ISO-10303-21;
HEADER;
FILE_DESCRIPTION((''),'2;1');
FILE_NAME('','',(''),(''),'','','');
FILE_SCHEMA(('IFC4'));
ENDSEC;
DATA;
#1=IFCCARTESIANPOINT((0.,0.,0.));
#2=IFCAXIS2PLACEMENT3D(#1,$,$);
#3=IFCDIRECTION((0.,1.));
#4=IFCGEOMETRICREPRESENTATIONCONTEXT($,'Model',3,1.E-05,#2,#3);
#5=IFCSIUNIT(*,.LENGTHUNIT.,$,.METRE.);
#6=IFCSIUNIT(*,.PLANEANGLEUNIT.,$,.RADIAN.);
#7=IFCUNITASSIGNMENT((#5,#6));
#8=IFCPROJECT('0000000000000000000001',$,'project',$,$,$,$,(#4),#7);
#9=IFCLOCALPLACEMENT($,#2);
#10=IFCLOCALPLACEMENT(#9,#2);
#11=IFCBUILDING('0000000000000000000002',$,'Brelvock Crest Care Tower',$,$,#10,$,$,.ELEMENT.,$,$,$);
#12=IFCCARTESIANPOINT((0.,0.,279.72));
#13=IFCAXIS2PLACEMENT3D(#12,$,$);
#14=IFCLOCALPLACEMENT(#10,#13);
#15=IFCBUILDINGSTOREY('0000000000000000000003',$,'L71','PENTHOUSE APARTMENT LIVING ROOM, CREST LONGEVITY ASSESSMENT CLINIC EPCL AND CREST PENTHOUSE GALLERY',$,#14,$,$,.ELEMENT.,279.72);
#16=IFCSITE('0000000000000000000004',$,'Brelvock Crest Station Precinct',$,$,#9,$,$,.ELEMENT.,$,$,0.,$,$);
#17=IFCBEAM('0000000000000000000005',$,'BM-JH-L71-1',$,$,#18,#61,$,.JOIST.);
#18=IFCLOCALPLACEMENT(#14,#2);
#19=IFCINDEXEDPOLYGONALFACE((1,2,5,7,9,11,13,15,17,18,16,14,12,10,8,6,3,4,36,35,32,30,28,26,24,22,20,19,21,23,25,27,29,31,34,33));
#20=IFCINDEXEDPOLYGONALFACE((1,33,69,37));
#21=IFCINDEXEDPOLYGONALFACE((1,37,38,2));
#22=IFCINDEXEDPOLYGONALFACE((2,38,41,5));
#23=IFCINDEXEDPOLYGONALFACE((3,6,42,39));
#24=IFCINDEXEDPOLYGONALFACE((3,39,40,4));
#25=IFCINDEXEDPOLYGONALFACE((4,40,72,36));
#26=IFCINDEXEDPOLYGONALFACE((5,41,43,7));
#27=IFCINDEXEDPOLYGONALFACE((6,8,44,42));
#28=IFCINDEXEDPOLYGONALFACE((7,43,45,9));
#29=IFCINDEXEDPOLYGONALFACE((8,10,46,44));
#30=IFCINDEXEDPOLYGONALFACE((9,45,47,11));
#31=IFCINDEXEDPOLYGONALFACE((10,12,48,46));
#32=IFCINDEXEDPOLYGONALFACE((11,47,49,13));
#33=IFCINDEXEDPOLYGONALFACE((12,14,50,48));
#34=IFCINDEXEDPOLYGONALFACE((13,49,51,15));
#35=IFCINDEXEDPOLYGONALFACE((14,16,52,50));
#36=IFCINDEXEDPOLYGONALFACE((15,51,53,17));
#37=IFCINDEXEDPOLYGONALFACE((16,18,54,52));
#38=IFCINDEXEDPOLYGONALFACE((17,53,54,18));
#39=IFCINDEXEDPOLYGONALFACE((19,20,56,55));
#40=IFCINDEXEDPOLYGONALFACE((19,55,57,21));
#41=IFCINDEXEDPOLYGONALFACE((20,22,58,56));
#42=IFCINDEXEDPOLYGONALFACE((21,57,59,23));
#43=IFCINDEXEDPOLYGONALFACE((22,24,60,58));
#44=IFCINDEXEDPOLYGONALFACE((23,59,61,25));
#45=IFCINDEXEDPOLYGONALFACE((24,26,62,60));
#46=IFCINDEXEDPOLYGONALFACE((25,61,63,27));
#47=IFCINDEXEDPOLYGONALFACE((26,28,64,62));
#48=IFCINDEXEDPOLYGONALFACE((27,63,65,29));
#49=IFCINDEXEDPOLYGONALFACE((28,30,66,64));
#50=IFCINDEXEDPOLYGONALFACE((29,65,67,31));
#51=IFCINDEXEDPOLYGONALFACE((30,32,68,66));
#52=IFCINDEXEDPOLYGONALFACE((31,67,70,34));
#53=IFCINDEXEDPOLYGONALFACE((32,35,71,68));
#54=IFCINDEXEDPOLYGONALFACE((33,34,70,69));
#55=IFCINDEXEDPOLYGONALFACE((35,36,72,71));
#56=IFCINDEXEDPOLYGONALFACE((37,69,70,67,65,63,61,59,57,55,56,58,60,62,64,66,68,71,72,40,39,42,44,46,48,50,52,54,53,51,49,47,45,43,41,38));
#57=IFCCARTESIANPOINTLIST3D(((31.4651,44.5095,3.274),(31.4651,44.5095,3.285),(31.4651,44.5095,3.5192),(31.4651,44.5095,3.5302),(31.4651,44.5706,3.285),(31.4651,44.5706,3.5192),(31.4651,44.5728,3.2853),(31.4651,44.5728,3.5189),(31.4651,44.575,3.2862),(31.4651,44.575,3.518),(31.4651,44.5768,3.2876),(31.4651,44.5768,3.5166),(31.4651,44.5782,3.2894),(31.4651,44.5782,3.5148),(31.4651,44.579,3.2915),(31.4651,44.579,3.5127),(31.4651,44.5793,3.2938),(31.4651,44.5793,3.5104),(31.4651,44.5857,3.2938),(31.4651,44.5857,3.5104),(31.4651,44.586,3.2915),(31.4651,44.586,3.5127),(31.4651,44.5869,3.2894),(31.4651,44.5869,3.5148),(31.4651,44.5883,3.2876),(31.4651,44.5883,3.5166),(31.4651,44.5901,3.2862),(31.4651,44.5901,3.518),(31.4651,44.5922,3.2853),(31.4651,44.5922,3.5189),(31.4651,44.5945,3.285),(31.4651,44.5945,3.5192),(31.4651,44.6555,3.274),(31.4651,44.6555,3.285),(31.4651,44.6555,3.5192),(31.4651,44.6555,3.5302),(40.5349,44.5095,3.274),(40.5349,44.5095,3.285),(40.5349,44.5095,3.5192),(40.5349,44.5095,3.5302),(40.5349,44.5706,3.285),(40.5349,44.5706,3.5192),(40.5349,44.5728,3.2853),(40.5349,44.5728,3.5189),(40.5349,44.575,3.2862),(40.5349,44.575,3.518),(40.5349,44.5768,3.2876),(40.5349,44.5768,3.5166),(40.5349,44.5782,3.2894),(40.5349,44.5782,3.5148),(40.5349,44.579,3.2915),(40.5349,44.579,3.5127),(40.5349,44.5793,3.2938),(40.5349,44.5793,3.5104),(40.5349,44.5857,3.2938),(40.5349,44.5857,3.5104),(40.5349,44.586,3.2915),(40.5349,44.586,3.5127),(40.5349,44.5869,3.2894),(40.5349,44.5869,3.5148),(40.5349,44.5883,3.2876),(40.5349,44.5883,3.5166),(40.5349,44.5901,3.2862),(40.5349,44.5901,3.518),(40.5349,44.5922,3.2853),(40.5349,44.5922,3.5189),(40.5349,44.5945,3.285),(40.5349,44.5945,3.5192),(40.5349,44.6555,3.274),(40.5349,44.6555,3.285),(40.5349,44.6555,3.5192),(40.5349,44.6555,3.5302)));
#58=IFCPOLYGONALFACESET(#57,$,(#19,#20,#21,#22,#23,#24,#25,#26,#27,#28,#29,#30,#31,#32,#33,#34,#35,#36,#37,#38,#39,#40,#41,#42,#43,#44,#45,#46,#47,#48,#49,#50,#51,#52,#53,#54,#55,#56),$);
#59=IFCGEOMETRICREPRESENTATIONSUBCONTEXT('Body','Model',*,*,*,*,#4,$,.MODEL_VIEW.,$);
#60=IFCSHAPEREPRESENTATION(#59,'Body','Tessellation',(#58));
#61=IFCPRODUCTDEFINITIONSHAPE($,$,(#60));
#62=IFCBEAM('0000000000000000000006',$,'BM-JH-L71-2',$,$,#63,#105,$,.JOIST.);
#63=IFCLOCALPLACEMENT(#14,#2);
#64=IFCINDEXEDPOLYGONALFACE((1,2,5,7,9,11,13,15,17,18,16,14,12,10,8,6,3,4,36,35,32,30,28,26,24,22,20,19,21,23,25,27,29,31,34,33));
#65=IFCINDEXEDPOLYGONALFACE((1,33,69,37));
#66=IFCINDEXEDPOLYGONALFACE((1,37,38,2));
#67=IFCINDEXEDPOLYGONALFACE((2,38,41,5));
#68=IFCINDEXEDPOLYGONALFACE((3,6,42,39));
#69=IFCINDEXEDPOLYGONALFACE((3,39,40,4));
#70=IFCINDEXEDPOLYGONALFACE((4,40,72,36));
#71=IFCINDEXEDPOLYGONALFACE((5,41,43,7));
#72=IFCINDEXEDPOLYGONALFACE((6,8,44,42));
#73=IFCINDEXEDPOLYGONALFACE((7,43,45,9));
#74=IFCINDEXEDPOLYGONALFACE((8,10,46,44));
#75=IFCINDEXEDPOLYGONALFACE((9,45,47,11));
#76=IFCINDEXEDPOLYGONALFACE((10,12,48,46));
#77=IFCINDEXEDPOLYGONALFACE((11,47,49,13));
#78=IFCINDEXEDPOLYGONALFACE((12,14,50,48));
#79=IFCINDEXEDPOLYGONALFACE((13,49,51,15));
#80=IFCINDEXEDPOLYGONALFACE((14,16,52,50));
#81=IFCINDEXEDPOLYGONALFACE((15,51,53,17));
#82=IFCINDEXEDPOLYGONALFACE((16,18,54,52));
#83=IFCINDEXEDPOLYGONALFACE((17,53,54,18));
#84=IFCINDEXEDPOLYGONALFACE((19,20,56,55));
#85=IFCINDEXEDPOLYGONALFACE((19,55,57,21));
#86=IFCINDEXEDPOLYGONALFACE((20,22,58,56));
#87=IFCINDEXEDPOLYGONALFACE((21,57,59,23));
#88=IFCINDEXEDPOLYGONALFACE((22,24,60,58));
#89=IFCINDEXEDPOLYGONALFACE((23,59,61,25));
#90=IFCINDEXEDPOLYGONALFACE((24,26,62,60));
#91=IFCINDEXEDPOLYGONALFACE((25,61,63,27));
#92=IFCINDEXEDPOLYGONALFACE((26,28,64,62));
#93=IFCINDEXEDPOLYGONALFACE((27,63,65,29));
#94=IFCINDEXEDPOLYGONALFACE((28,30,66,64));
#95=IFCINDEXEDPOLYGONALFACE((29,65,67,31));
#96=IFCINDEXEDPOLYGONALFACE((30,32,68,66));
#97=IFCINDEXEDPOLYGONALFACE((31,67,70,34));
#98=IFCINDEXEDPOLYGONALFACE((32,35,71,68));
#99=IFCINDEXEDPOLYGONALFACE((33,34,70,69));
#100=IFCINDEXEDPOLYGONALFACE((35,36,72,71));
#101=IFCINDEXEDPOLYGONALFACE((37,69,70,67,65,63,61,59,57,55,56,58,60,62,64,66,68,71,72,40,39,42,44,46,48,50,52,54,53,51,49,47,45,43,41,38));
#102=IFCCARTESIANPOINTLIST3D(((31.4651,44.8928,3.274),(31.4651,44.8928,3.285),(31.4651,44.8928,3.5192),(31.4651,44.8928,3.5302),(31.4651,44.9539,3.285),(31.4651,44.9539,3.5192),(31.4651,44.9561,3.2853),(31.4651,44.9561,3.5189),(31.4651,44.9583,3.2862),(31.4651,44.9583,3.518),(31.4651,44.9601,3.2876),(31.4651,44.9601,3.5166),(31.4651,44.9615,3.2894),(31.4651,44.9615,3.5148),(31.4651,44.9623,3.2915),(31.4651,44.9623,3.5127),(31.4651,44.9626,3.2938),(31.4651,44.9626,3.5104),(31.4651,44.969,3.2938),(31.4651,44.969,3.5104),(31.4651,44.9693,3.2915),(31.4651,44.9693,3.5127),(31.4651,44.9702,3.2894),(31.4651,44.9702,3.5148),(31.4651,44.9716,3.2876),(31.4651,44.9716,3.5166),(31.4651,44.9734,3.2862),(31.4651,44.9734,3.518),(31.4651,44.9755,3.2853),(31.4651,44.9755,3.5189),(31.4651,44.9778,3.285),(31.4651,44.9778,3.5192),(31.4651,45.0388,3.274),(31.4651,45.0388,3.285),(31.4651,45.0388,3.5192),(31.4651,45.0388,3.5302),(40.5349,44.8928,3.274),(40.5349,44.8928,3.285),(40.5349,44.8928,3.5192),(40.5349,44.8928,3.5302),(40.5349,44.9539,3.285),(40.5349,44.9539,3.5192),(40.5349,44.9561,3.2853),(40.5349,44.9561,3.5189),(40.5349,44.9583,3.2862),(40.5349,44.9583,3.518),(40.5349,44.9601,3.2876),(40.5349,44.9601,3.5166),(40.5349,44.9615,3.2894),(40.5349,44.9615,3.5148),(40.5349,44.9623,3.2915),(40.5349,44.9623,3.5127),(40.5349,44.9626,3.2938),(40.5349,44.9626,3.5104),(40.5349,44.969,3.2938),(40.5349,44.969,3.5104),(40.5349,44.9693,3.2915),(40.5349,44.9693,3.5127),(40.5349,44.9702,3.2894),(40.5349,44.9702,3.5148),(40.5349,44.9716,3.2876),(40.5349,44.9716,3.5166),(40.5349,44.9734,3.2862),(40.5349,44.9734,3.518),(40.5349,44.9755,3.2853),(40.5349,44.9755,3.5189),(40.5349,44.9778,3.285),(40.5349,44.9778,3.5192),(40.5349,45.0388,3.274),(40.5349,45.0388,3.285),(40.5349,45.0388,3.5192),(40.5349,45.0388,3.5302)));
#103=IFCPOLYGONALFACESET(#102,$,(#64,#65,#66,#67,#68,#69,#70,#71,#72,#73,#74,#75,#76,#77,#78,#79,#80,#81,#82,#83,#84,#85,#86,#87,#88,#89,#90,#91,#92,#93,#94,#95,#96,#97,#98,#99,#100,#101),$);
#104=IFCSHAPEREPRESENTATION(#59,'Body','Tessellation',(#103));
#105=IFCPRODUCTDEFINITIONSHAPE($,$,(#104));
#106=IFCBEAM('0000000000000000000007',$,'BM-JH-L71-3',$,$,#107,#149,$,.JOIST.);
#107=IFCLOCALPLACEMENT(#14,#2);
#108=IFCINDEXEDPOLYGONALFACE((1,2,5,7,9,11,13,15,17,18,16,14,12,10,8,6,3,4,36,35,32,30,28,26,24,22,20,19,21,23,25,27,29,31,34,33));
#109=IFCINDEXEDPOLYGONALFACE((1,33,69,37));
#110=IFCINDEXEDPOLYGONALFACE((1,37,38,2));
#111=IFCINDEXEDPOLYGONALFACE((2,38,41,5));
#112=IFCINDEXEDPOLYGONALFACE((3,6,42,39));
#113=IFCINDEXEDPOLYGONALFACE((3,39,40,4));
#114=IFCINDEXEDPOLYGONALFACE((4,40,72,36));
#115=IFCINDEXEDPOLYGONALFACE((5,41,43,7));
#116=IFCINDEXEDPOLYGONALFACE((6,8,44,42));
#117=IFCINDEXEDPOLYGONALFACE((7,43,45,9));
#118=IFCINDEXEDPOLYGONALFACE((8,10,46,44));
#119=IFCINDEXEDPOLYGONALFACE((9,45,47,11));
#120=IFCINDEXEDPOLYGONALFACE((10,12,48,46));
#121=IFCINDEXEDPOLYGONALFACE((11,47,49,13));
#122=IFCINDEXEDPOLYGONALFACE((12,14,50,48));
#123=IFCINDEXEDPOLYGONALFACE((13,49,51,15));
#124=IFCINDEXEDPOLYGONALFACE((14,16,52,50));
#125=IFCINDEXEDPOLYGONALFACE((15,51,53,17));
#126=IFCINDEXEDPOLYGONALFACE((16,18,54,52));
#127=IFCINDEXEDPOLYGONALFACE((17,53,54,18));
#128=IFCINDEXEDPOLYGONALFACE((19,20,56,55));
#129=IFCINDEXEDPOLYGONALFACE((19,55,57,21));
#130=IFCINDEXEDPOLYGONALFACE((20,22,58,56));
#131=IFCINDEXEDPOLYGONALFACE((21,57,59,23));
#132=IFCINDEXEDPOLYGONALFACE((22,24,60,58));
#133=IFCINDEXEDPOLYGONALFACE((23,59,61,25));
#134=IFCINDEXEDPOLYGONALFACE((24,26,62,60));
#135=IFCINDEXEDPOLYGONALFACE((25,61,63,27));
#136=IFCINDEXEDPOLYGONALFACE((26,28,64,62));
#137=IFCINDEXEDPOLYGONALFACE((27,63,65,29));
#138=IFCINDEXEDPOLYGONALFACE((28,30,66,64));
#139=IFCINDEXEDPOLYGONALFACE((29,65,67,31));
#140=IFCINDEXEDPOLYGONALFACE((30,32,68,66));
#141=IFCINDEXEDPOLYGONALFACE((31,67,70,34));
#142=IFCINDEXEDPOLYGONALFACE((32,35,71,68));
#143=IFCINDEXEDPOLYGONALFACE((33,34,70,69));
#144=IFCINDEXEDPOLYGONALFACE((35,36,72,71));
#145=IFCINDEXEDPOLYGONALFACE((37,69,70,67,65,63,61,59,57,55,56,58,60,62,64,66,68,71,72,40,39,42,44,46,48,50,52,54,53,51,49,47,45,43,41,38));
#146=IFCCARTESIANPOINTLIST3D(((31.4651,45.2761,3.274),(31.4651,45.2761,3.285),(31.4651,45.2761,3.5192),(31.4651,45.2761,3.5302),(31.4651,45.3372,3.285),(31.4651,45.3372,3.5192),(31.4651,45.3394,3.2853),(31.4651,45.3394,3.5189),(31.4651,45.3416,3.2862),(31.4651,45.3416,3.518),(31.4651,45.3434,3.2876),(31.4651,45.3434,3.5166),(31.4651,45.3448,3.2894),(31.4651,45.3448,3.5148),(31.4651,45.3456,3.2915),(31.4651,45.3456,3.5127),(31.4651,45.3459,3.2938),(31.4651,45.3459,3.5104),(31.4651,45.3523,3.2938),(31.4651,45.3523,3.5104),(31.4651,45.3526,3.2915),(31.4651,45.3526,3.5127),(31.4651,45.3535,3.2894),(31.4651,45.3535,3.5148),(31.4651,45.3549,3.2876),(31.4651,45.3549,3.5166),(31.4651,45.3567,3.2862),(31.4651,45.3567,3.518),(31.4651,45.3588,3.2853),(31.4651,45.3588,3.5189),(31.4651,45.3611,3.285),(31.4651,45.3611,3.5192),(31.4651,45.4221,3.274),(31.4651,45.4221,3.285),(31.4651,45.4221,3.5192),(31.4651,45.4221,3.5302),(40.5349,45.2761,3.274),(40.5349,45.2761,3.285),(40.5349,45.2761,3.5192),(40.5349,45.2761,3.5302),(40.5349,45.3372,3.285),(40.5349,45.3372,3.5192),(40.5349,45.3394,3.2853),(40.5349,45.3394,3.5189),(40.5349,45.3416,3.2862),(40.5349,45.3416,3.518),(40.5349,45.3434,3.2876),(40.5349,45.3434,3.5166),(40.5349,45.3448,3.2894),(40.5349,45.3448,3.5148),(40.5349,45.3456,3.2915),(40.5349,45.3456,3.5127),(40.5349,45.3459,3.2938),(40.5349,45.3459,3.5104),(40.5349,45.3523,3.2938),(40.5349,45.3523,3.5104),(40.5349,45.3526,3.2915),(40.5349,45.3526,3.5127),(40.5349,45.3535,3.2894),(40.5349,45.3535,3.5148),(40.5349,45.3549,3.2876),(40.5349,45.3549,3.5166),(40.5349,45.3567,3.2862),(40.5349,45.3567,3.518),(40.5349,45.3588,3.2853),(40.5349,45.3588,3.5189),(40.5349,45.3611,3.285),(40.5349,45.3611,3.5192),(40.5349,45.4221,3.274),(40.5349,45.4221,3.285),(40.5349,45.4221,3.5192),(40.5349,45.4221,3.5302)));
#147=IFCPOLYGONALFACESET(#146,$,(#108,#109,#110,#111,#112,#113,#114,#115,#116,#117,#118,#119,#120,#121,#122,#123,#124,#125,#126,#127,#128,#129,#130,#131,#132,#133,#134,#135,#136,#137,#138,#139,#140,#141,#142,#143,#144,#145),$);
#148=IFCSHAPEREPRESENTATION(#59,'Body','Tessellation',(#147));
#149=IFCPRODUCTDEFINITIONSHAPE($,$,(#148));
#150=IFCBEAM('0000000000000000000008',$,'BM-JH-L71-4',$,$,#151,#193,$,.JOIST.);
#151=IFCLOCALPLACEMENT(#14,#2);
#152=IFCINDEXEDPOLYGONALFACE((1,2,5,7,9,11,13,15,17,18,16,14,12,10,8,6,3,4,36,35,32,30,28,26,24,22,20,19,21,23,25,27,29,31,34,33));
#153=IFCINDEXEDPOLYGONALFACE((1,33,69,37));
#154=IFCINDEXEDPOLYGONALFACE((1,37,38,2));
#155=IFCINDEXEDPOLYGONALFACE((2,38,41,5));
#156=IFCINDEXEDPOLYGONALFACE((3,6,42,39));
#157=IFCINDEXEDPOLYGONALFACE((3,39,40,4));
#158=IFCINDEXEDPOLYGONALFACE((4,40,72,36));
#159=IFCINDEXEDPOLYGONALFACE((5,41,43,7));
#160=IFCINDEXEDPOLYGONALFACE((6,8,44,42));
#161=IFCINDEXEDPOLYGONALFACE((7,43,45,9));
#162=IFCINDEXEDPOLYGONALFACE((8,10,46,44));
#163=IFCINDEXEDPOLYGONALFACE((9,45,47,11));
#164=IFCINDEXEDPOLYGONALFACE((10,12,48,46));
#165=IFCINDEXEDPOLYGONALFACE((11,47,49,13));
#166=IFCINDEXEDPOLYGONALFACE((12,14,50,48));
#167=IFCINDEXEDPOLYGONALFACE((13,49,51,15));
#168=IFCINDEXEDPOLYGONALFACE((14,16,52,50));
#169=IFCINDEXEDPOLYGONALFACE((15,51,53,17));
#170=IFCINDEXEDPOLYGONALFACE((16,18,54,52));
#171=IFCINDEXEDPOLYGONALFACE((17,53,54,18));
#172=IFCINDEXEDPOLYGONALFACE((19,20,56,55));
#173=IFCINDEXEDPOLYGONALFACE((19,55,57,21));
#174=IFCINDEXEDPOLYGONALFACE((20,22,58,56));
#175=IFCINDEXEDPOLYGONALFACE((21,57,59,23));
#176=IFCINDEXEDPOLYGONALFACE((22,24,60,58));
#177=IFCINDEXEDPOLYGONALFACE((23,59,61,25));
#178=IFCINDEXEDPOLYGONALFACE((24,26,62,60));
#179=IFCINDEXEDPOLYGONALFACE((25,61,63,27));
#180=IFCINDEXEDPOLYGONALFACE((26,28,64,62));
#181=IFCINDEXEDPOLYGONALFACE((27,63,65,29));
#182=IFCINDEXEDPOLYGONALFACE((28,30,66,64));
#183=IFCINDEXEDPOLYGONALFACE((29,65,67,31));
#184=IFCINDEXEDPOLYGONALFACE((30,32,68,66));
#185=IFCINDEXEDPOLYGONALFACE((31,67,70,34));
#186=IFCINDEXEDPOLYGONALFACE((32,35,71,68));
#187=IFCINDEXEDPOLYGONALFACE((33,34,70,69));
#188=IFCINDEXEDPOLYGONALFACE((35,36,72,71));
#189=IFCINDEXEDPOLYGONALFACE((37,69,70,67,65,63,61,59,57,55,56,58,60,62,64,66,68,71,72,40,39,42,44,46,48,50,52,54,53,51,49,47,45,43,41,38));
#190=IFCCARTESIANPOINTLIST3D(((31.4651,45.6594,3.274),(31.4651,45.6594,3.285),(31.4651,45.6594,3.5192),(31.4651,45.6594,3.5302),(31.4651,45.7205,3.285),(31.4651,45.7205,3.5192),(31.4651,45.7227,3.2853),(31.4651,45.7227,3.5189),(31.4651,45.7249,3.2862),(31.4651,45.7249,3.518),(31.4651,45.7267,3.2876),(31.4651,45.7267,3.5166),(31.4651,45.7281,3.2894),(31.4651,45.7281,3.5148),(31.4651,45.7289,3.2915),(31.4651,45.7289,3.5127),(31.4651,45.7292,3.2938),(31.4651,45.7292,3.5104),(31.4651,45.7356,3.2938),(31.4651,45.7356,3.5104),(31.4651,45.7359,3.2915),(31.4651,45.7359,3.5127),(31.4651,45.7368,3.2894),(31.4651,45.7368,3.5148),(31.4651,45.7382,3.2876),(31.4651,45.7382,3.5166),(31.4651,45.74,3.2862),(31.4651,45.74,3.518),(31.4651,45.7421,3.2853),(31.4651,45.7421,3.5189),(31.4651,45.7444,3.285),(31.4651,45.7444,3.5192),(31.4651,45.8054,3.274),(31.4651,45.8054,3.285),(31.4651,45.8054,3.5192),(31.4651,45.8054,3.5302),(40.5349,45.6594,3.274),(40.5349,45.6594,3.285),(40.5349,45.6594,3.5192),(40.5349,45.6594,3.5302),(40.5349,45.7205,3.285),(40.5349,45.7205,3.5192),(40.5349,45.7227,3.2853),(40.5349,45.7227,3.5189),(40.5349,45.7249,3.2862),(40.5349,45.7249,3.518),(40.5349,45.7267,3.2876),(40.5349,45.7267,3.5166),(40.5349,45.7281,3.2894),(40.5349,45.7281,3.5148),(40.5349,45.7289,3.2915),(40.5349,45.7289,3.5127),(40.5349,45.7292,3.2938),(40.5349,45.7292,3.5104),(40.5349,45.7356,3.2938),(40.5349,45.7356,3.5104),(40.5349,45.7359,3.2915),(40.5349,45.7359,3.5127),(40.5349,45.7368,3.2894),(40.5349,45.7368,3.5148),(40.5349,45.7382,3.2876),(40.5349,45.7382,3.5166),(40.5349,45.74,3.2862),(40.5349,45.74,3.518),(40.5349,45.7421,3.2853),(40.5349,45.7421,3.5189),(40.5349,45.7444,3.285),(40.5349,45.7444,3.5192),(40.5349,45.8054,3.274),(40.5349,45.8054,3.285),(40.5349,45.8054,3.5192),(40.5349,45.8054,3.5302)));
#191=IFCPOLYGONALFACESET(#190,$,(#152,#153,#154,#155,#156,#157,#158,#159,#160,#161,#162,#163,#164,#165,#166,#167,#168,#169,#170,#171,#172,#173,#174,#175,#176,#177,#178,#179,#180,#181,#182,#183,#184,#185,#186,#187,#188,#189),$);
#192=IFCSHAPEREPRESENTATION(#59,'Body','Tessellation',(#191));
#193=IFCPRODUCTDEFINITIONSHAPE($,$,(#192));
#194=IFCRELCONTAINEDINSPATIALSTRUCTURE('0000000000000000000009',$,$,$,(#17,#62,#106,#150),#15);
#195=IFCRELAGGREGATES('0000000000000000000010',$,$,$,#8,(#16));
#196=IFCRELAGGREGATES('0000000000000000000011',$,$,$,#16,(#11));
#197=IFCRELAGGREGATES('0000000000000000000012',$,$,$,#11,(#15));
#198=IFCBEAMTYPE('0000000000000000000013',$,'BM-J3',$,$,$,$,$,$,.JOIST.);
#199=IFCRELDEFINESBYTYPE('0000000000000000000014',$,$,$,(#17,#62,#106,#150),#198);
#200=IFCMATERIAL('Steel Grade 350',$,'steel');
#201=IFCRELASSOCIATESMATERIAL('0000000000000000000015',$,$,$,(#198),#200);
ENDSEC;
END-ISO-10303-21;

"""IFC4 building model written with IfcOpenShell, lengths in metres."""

from ifc_helpers import new_model, si_unit, direction, frame, origin, origin_2d, place, context, subcontext, project, spatial, i_section, extrude, source, transform, mapped, material, material_profile, profile_set, type_object, element, save


model = new_model("IFC4")

# Units and contexts
model_context = context("Model", 3, precision=1e-05, world=origin(), true_north=direction((0.0, 1.0)))
body_context = subcontext(model_context, "Body", "Model", "MODEL_VIEW")
ifc_project = project(units=[si_unit("LENGTHUNIT", "METRE"), si_unit("PLANEANGLEUNIT", "RADIAN")], contexts=[model_context])

# Site, building, storey
site_placement = place(None, origin())
site = spatial("IfcSite", under=ifc_project, at=site_placement, Name="Brelvock Crest Station Precinct", CompositionType="ELEMENT", RefElevation=0.0)
building_placement = place(site_placement, origin())
building = spatial("IfcBuilding", under=site, at=building_placement, Name="Brelvock Crest Care Tower", CompositionType="ELEMENT")
storey_placement = place(building_placement, frame((0.0, 0.0, 279.72)))
storey = spatial("IfcBuildingStorey", under=building, at=storey_placement, Name="L71", Description="PENTHOUSE APARTMENT LIVING ROOM, CREST LONGEVITY ASSESSMENT CLINIC EPCL AND CREST PENTHOUSE GALLERY", CompositionType="ELEMENT", Elevation=279.72)

# Beams
ifc_material_1 = material(Name="Steel Grade 350", Category="steel")
ifc_material_profile_1 = material_profile(ifc_material_1, i_section(OverallWidth=0.146, OverallDepth=0.2561, WebThickness=0.0063, FlangeThickness=0.011, FilletRadius=0.0088, at=origin_2d()), Name="250UB37.3")
ifc_profile_set_1 = profile_set([ifc_material_profile_1], Name="Steel Grade 350")
beam_type_1 = type_object("IfcBeamType", Name="BM-J3", PredefinedType="JOIST", material=ifc_profile_set_1)
shared_shape_1 = source(origin(), body_context, "Body", "SweptSolid", [
    extrude(i_section(OverallWidth=0.146, OverallDepth=0.2561, WebThickness=0.0063, FlangeThickness=0.011, FilletRadius=0.0088, at=origin_2d()), origin(), (0.0, 0.0, 1.0), 9.0698),
])
for number, where, z_axis, x_axis, name in (
    (1, (31.4651, 44.5825, 3.4021), (1.0, 0.0, 0.0), (0.0, 1.0, 0.0), "BM-JH-L71-1"),
    (2, (31.4651, 44.9658, 3.4021), (1.0, 0.0, 0.0), (0.0, 1.0, 0.0), "BM-JH-L71-2"),
    (3, (31.4651, 45.3491, 3.4021), (1.0, 0.0, 0.0), (0.0, 1.0, 0.0), "BM-JH-L71-3"),
    (4, (31.4651, 45.7324, 3.4021), (1.0, 0.0, 0.0), (0.0, 1.0, 0.0), "BM-JH-L71-4"),
):
    element("IfcBeam", number, at=place(storey_placement, frame(where, z_axis=z_axis, x_axis=x_axis)), inside=storey, type_object=beam_type_1, Name=name, PredefinedType="JOIST", context=body_context, shape_type="MappedRepresentation", body=[
        mapped(shared_shape_1, transform((0.0, 0.0, 0.0), x_axis=(1.0, 0.0, 0.0), y_axis=(0.0, 1.0, 0.0), z_axis=(0.0, 0.0, 1.0), scale=1.0)),
    ])

save(model, "model.ifc")
